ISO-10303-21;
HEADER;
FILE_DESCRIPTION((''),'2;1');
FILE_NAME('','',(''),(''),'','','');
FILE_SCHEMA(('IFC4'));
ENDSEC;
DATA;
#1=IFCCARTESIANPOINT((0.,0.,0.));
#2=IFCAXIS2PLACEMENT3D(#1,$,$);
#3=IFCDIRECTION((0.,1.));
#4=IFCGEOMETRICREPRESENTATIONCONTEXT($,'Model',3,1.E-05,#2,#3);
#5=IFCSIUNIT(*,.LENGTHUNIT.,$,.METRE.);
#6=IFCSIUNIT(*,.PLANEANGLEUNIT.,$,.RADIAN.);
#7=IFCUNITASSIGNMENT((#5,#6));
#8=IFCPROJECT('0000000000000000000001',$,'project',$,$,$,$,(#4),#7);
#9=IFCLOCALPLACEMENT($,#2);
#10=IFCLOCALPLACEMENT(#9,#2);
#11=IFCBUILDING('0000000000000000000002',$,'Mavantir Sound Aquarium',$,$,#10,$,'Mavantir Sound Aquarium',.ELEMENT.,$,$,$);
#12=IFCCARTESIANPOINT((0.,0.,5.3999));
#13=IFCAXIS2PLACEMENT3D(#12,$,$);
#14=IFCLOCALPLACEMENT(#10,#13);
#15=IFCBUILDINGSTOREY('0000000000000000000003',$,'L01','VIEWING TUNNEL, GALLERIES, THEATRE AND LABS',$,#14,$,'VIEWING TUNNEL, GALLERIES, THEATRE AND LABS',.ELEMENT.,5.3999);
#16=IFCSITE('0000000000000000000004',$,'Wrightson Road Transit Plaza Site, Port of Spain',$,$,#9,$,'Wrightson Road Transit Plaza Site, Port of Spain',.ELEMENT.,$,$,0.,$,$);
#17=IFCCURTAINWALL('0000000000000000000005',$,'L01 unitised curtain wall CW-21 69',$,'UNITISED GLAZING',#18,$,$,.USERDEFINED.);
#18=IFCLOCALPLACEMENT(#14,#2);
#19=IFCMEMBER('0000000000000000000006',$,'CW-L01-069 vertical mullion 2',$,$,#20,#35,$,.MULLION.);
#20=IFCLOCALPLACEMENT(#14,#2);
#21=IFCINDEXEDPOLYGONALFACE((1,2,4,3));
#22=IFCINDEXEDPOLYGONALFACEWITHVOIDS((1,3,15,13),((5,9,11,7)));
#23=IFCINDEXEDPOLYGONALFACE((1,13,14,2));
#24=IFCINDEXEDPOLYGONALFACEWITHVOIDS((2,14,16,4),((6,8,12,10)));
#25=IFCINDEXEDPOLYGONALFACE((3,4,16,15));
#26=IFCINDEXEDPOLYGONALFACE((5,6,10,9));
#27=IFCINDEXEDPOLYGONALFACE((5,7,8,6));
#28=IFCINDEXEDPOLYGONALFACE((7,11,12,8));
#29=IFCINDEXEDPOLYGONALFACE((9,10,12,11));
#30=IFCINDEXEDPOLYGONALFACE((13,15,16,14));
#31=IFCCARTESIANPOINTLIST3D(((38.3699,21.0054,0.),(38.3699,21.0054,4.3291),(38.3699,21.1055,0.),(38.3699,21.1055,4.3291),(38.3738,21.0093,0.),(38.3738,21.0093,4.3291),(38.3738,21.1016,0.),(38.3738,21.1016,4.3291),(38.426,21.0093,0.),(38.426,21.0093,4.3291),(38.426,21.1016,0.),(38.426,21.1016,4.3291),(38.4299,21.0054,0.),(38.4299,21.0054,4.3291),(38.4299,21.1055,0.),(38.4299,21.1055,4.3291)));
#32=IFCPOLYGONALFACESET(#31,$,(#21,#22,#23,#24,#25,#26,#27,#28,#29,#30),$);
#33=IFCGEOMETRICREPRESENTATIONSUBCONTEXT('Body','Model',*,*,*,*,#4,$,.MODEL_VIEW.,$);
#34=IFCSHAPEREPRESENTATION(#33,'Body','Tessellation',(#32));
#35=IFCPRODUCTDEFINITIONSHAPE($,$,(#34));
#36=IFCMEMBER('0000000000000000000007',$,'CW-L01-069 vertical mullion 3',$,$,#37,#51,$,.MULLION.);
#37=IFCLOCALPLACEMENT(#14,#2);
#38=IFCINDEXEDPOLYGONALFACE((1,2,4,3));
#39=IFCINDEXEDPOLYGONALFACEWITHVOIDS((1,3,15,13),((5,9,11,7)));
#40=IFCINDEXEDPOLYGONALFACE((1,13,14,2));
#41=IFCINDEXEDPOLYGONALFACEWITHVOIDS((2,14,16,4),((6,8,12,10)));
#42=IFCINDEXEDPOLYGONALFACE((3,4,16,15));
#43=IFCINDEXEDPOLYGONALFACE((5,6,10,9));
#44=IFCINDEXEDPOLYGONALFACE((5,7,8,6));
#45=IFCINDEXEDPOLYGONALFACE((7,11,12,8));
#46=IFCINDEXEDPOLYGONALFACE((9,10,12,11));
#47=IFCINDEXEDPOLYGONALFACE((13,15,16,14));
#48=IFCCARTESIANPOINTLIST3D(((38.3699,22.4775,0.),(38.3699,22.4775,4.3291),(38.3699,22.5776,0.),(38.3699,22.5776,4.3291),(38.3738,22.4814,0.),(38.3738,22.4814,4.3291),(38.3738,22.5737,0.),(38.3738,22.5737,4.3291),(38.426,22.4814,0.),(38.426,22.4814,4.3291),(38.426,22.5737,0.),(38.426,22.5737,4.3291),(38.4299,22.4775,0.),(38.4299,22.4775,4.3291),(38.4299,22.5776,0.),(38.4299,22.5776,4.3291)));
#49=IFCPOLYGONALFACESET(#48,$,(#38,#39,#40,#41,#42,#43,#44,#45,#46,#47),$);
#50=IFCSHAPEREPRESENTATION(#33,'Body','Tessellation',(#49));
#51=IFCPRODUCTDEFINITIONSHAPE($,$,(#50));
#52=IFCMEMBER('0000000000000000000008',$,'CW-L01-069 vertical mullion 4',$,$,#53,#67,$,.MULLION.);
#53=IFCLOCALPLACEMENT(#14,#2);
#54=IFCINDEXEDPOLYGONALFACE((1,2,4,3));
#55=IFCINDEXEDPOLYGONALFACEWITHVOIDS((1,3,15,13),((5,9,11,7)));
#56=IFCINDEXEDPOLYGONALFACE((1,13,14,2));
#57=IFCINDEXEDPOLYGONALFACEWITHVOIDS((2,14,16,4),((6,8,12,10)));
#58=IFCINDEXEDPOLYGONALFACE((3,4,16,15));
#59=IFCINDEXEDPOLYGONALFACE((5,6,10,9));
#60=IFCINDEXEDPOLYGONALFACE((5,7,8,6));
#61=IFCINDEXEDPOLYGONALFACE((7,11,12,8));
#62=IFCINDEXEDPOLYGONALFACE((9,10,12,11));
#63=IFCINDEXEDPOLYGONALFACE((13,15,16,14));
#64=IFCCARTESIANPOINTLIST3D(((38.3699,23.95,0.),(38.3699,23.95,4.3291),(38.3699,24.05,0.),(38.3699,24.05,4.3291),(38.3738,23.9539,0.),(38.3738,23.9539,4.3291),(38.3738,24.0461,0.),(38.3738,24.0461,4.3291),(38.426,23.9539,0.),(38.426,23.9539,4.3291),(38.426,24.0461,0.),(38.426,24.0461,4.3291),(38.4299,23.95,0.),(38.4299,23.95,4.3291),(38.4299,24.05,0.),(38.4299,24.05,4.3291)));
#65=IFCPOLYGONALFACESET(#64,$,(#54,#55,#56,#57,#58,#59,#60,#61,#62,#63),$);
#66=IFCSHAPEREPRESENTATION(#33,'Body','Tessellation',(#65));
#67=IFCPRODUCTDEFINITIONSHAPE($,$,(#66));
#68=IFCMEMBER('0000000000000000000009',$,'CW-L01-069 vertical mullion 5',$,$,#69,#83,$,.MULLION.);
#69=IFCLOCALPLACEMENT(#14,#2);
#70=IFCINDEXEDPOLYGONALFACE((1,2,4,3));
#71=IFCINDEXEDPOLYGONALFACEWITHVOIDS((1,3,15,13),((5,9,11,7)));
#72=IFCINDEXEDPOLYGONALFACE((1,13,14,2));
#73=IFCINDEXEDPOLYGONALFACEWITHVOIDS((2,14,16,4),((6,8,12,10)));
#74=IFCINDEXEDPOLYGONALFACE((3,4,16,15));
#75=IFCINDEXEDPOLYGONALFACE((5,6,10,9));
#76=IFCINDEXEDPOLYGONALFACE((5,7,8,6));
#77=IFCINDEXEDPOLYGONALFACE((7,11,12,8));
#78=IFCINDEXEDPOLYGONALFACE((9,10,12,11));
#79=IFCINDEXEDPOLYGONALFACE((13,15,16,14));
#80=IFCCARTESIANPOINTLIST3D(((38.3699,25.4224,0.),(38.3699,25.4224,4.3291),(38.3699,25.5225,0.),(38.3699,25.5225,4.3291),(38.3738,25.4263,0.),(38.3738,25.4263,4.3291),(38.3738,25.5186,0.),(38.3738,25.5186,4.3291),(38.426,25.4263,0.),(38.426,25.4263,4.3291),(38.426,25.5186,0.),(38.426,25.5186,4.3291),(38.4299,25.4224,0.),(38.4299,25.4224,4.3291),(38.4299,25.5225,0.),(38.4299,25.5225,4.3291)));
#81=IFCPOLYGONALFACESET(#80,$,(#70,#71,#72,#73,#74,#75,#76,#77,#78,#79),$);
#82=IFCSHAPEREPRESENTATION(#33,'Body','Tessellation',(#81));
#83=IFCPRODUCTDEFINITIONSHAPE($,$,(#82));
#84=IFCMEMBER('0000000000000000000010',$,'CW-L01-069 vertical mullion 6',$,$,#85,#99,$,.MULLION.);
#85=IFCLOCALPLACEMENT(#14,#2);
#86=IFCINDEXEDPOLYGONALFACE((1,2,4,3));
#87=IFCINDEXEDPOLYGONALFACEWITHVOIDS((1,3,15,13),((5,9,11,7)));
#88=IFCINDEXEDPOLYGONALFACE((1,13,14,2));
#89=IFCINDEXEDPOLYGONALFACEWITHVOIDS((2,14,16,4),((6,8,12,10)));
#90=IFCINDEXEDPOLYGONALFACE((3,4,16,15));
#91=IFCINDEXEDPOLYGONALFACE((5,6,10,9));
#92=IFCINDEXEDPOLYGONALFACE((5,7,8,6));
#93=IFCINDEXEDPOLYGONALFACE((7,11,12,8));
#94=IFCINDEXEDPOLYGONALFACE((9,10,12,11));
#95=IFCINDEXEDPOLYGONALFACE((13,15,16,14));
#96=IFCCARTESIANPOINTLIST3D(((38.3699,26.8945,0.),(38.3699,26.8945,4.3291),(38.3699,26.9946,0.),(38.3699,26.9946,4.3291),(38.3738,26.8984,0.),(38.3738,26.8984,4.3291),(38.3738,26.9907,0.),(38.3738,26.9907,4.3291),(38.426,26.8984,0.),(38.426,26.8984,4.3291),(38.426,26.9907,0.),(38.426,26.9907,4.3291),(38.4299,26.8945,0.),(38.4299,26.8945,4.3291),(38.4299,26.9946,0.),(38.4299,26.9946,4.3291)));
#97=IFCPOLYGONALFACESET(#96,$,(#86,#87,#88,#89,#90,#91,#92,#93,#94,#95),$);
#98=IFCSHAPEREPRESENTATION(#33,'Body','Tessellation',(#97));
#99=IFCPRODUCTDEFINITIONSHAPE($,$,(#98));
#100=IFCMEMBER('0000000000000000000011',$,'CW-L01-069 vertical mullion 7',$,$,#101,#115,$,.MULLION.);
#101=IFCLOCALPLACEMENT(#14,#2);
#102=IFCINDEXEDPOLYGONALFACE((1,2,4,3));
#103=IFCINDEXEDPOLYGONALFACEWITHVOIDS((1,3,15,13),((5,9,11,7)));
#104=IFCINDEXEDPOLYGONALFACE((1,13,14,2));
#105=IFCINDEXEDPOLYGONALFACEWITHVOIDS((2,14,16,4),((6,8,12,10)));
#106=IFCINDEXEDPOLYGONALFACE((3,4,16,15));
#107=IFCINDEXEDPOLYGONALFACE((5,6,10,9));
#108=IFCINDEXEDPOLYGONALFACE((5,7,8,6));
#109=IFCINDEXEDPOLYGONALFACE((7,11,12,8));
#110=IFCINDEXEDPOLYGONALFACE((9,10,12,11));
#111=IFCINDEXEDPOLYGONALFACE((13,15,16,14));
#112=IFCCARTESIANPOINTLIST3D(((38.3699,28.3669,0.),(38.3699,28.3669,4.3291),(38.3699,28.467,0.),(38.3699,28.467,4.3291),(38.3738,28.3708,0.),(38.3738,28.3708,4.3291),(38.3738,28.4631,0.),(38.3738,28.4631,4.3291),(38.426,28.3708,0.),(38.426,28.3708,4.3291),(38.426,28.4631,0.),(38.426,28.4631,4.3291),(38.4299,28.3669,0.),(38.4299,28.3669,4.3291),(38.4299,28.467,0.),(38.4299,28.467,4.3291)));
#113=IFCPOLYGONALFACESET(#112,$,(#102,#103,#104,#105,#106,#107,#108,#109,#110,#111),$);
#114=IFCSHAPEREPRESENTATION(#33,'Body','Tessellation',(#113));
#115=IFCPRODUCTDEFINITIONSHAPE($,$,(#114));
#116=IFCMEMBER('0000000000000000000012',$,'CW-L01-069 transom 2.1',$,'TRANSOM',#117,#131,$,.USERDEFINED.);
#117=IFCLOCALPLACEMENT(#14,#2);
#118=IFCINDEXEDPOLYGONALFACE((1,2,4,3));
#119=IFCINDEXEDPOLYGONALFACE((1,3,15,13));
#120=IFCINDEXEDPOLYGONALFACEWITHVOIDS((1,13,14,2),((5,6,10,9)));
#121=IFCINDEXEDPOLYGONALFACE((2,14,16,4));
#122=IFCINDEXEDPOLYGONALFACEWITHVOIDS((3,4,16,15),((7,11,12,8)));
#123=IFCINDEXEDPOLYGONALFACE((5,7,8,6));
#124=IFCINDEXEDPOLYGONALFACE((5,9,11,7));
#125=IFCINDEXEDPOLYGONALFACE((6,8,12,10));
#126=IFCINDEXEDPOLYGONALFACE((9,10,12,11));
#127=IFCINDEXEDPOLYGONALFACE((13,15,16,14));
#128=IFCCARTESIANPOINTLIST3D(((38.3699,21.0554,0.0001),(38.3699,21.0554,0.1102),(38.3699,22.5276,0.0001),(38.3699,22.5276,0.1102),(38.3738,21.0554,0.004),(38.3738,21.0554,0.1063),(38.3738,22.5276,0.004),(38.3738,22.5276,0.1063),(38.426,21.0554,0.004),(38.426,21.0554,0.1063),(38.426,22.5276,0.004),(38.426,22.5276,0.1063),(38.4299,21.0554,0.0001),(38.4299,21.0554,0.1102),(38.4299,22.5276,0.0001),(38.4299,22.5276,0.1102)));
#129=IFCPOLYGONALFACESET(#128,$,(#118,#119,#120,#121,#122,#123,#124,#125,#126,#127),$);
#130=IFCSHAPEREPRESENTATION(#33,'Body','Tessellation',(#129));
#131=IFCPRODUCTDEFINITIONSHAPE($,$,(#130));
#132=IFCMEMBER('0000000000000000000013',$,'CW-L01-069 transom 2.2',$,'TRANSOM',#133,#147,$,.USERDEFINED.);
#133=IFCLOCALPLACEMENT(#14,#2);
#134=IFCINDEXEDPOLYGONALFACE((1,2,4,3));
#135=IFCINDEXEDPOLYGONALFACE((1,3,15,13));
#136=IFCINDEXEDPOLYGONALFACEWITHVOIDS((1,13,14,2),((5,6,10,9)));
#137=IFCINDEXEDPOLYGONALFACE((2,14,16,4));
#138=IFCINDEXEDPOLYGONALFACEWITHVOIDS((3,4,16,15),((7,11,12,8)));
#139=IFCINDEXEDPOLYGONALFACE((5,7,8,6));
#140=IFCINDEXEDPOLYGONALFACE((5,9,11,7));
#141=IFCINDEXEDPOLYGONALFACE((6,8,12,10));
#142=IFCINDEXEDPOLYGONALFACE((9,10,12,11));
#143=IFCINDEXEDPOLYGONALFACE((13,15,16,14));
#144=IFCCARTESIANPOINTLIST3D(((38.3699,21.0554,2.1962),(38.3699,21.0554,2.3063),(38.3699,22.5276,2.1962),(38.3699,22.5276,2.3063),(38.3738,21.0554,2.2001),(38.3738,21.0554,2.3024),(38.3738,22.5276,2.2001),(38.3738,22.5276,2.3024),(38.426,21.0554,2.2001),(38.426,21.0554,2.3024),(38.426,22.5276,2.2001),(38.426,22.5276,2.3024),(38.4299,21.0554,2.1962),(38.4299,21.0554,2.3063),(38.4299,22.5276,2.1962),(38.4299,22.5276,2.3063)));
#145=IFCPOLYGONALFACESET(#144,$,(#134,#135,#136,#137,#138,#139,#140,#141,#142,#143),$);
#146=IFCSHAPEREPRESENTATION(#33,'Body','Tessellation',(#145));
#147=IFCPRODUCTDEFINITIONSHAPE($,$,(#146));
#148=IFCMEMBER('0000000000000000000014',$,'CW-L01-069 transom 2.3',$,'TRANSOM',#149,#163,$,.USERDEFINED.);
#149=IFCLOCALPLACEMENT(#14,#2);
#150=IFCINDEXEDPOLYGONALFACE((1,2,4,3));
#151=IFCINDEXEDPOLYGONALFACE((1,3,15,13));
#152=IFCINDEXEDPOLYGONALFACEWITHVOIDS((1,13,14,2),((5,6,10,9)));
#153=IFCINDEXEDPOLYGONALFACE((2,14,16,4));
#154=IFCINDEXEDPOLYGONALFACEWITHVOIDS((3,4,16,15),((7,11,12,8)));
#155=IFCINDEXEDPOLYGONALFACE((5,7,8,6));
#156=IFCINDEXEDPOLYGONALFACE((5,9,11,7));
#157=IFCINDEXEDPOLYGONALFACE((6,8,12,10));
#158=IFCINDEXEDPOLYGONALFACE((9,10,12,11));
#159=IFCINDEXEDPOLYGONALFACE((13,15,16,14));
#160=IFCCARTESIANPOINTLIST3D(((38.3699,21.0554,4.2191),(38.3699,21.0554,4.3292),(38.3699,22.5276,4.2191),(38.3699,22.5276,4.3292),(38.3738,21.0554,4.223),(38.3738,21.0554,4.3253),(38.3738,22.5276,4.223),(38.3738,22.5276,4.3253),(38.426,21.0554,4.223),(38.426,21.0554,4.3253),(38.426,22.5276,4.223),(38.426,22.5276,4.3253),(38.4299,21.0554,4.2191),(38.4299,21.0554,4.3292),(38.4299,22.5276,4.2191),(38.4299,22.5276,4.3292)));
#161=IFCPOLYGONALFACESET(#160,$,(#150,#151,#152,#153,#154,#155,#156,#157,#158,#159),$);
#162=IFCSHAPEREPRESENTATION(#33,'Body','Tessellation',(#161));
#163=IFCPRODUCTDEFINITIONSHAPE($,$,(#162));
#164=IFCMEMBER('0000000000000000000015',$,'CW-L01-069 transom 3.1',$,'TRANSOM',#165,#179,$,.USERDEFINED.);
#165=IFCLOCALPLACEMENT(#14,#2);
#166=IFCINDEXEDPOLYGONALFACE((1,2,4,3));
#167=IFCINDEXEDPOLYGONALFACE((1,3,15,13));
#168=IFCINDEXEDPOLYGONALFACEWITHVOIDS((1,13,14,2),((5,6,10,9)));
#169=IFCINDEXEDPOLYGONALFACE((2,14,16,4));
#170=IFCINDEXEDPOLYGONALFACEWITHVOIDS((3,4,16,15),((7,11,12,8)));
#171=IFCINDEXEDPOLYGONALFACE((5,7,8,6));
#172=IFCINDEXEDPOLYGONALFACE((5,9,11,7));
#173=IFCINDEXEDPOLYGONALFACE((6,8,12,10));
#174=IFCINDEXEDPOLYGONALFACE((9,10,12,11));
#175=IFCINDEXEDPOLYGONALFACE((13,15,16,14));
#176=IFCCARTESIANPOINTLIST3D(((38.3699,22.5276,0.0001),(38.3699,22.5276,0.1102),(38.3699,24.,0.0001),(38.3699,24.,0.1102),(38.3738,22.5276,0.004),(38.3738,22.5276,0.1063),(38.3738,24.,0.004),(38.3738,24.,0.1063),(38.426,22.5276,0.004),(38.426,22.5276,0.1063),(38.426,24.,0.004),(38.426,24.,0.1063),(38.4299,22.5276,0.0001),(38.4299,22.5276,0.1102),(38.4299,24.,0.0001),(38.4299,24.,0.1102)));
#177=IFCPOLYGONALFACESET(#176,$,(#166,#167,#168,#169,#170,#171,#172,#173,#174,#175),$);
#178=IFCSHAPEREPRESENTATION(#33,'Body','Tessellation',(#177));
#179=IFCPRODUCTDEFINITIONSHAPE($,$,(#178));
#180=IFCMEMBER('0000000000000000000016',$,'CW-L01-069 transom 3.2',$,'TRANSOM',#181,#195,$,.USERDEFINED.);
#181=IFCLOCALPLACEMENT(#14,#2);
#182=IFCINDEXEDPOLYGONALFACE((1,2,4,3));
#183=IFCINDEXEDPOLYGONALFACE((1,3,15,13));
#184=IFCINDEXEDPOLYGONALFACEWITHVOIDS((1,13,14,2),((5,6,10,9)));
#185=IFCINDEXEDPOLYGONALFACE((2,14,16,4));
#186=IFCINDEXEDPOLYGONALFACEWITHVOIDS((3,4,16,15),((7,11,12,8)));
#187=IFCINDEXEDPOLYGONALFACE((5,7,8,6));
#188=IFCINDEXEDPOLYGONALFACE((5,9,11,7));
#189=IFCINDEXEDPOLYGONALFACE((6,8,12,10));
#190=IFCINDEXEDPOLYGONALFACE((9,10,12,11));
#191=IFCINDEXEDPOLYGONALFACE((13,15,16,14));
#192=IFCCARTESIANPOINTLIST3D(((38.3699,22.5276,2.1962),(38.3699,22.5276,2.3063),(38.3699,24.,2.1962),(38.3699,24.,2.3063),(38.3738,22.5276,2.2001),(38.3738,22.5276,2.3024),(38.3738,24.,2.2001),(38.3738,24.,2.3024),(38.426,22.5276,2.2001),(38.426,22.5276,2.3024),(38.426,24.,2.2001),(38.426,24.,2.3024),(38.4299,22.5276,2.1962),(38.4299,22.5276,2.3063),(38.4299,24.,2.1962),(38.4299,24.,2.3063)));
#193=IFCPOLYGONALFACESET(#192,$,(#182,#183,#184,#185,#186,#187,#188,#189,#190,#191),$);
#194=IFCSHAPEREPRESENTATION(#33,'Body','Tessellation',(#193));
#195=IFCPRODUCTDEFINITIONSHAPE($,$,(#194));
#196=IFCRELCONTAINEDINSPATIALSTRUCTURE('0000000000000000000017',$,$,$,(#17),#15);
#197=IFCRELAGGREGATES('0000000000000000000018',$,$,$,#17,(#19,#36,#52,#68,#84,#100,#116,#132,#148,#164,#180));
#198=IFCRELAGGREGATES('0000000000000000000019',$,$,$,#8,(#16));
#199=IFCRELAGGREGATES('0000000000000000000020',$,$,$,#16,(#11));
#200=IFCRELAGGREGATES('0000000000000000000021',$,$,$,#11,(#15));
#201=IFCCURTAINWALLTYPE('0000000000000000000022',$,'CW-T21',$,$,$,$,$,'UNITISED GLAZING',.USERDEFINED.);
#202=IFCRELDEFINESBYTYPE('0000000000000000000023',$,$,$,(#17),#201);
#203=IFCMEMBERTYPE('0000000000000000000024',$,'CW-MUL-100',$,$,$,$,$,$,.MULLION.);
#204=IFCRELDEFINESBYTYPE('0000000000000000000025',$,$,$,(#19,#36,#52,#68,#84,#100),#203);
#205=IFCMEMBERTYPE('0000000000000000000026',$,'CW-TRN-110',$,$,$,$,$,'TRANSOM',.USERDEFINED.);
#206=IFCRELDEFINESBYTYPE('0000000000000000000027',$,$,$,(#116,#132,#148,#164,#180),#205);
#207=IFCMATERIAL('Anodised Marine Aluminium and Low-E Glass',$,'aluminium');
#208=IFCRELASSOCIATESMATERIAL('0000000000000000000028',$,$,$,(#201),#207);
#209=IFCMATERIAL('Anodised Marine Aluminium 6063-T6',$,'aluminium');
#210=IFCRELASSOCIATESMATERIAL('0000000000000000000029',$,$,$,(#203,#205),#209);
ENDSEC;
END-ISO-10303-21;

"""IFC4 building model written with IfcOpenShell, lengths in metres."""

from ifc_helpers import new_model, si_unit, direction, frame, origin, origin_2d, place, context, subcontext, project, spatial, hollow_rectangle, extrude, material, material_profile, profile_set, type_object, element, aggregate, save


model = new_model("IFC4")

# Units and contexts
model_context = context("Model", 3, precision=1e-05, world=origin(), true_north=direction((0.0, 1.0)))
body_context = subcontext(model_context, "Body", "Model", "MODEL_VIEW")
ifc_project = project(units=[si_unit("LENGTHUNIT", "METRE"), si_unit("PLANEANGLEUNIT", "RADIAN")], contexts=[model_context])

# Site, building, storey
site_placement = place(None, origin())
site = spatial("IfcSite", under=ifc_project, at=site_placement, Name="Wrightson Road Transit Plaza Site, Port of Spain", LongName="Wrightson Road Transit Plaza Site, Port of Spain", CompositionType="ELEMENT", RefElevation=0.0)
building_placement = place(site_placement, origin())
building = spatial("IfcBuilding", under=site, at=building_placement, Name="Mavantir Sound Aquarium", LongName="Mavantir Sound Aquarium", CompositionType="ELEMENT")
storey_placement = place(building_placement, frame((0.0, 0.0, 5.3999)))
storey = spatial("IfcBuildingStorey", under=building, at=storey_placement, Name="L01", Description="VIEWING TUNNEL, GALLERIES, THEATRE AND LABS", LongName="VIEWING TUNNEL, GALLERIES, THEATRE AND LABS", CompositionType="ELEMENT", Elevation=5.3999)

# Curtain wall, members
ifc_material_1 = material(Name="Anodised Marine Aluminium and Low-E Glass", Category="aluminium")
curtain_wall_type = type_object("IfcCurtainWallType", Name="CW-T21", ElementType="UNITISED GLAZING", PredefinedType="USERDEFINED", material=ifc_material_1)
curtain_wall_placement = place(storey_placement, origin())
curtain_wall = element("IfcCurtainWall", 1, at=curtain_wall_placement, inside=storey, type_object=curtain_wall_type, Name="L01 unitised curtain wall CW-21 69", ObjectType="UNITISED GLAZING", PredefinedType="USERDEFINED")
ifc_material_2 = material(Name="Anodised Marine Aluminium 6063-T6", Category="aluminium")
ifc_material_profile_1 = material_profile(ifc_material_2, hollow_rectangle(XDim=0.0601, YDim=0.1001, WallThickness=0.0039, at=origin_2d()), Name="ALU-MULLION-100X60")
ifc_profile_set_1 = profile_set([ifc_material_profile_1], Name="Anodised Marine Aluminium 6063-T6")
member_type_1 = type_object("IfcMemberType", Name="CW-MUL-100", PredefinedType="MULLION", material=ifc_profile_set_1)
member_1_placement = place(storey_placement, frame((38.3999, 21.0554, 0.0), z_axis=(0.0, 0.0, 1.0), x_axis=(1.0, 0.0, 0.0)))
member_1 = element("IfcMember", 2, at=member_1_placement, type_object=member_type_1, Name="CW-L01-069 vertical mullion 2", PredefinedType="MULLION", context=body_context, shape_type="SweptSolid", body=[
    extrude(hollow_rectangle(XDim=0.0601, YDim=0.1001, WallThickness=0.0039, at=origin_2d()), origin(), (0.0, 0.0, 1.0), 4.3291),
])
member_2_placement = place(storey_placement, frame((38.3999, 22.5276, 0.0), z_axis=(0.0, 0.0, 1.0), x_axis=(1.0, 0.0, 0.0)))
member_2 = element("IfcMember", 3, at=member_2_placement, type_object=member_type_1, Name="CW-L01-069 vertical mullion 3", PredefinedType="MULLION", context=body_context, shape_type="SweptSolid", body=[
    extrude(hollow_rectangle(XDim=0.0601, YDim=0.1001, WallThickness=0.0039, at=origin_2d()), origin(), (0.0, 0.0, 1.0), 4.3291),
])
member_3_placement = place(storey_placement, frame((38.3999, 24.0, 0.0), z_axis=(0.0, 0.0, 1.0), x_axis=(1.0, 0.0, 0.0)))
member_3 = element("IfcMember", 4, at=member_3_placement, type_object=member_type_1, Name="CW-L01-069 vertical mullion 4", PredefinedType="MULLION", context=body_context, shape_type="SweptSolid", body=[
    extrude(hollow_rectangle(XDim=0.0601, YDim=0.1001, WallThickness=0.0039, at=origin_2d()), origin(), (0.0, 0.0, 1.0), 4.3291),
])
member_4_placement = place(storey_placement, frame((38.3999, 25.4724, 0.0), z_axis=(0.0, 0.0, 1.0), x_axis=(1.0, 0.0, 0.0)))
member_4 = element("IfcMember", 5, at=member_4_placement, type_object=member_type_1, Name="CW-L01-069 vertical mullion 5", PredefinedType="MULLION", context=body_context, shape_type="SweptSolid", body=[
    extrude(hollow_rectangle(XDim=0.0601, YDim=0.1001, WallThickness=0.0039, at=origin_2d()), origin(), (0.0, 0.0, 1.0), 4.3291),
])
member_5_placement = place(storey_placement, frame((38.3999, 26.9446, 0.0), z_axis=(0.0, 0.0, 1.0), x_axis=(1.0, 0.0, 0.0)))
member_5 = element("IfcMember", 6, at=member_5_placement, type_object=member_type_1, Name="CW-L01-069 vertical mullion 6", PredefinedType="MULLION", context=body_context, shape_type="SweptSolid", body=[
    extrude(hollow_rectangle(XDim=0.0601, YDim=0.1001, WallThickness=0.0039, at=origin_2d()), origin(), (0.0, 0.0, 1.0), 4.3291),
])
member_6_placement = place(storey_placement, frame((38.3999, 28.417, 0.0), z_axis=(0.0, 0.0, 1.0), x_axis=(1.0, 0.0, 0.0)))
member_6 = element("IfcMember", 7, at=member_6_placement, type_object=member_type_1, Name="CW-L01-069 vertical mullion 7", PredefinedType="MULLION", context=body_context, shape_type="SweptSolid", body=[
    extrude(hollow_rectangle(XDim=0.0601, YDim=0.1001, WallThickness=0.0039, at=origin_2d()), origin(), (0.0, 0.0, 1.0), 4.3291),
])
ifc_material_profile_2 = material_profile(ifc_material_2, hollow_rectangle(XDim=0.0601, YDim=0.1101, WallThickness=0.0039, at=origin_2d()), Name="ALU-TRANSOM-110X60")
ifc_profile_set_2 = profile_set([ifc_material_profile_2], Name="Anodised Marine Aluminium 6063-T6")
member_type_2 = type_object("IfcMemberType", Name="CW-TRN-110", ElementType="TRANSOM", PredefinedType="USERDEFINED", material=ifc_profile_set_2)
member_7_placement = place(storey_placement, frame((38.3999, 21.0554, 0.0552), z_axis=(0.0, 1.0, 0.0), x_axis=(-1.0, 0.0, 0.0)))
member_7 = element("IfcMember", 8, at=member_7_placement, type_object=member_type_2, Name="CW-L01-069 transom 2.1", ObjectType="TRANSOM", PredefinedType="USERDEFINED", context=body_context, shape_type="SweptSolid", body=[
    extrude(hollow_rectangle(XDim=0.0601, YDim=0.1101, WallThickness=0.0039, at=origin_2d()), origin(), (0.0, 0.0, 1.0), 1.4722),
])
member_8_placement = place(storey_placement, frame((38.3999, 21.0554, 2.2512), z_axis=(0.0, 1.0, 0.0), x_axis=(-1.0, 0.0, 0.0)))
member_8 = element("IfcMember", 9, at=member_8_placement, type_object=member_type_2, Name="CW-L01-069 transom 2.2", ObjectType="TRANSOM", PredefinedType="USERDEFINED", context=body_context, shape_type="SweptSolid", body=[
    extrude(hollow_rectangle(XDim=0.0601, YDim=0.1101, WallThickness=0.0039, at=origin_2d()), origin(), (0.0, 0.0, 1.0), 1.4722),
])
member_9_placement = place(storey_placement, frame((38.3999, 21.0554, 4.2742), z_axis=(0.0, 1.0, 0.0), x_axis=(-1.0, 0.0, 0.0)))
member_9 = element("IfcMember", 10, at=member_9_placement, type_object=member_type_2, Name="CW-L01-069 transom 2.3", ObjectType="TRANSOM", PredefinedType="USERDEFINED", context=body_context, shape_type="SweptSolid", body=[
    extrude(hollow_rectangle(XDim=0.0601, YDim=0.1101, WallThickness=0.0039, at=origin_2d()), origin(), (0.0, 0.0, 1.0), 1.4722),
])
member_10_placement = place(storey_placement, frame((38.3999, 22.5276, 0.0552), z_axis=(0.0, 1.0, 0.0), x_axis=(-1.0, 0.0, 0.0)))
member_10 = element("IfcMember", 11, at=member_10_placement, type_object=member_type_2, Name="CW-L01-069 transom 3.1", ObjectType="TRANSOM", PredefinedType="USERDEFINED", context=body_context, shape_type="SweptSolid", body=[
    extrude(hollow_rectangle(XDim=0.0601, YDim=0.1101, WallThickness=0.0039, at=origin_2d()), origin(), (0.0, 0.0, 1.0), 1.4724),
])
member_11_placement = place(storey_placement, frame((38.3999, 22.5276, 2.2512), z_axis=(0.0, 1.0, 0.0), x_axis=(-1.0, 0.0, 0.0)))
member_11 = element("IfcMember", 12, at=member_11_placement, type_object=member_type_2, Name="CW-L01-069 transom 3.2", ObjectType="TRANSOM", PredefinedType="USERDEFINED", context=body_context, shape_type="SweptSolid", body=[
    extrude(hollow_rectangle(XDim=0.0601, YDim=0.1101, WallThickness=0.0039, at=origin_2d()), origin(), (0.0, 0.0, 1.0), 1.4724),
])
aggregate(curtain_wall, [member_1, member_2, member_3, member_4, member_5, member_6, member_7, member_8, member_9, member_10, member_11])

save(model, "model.ifc")
